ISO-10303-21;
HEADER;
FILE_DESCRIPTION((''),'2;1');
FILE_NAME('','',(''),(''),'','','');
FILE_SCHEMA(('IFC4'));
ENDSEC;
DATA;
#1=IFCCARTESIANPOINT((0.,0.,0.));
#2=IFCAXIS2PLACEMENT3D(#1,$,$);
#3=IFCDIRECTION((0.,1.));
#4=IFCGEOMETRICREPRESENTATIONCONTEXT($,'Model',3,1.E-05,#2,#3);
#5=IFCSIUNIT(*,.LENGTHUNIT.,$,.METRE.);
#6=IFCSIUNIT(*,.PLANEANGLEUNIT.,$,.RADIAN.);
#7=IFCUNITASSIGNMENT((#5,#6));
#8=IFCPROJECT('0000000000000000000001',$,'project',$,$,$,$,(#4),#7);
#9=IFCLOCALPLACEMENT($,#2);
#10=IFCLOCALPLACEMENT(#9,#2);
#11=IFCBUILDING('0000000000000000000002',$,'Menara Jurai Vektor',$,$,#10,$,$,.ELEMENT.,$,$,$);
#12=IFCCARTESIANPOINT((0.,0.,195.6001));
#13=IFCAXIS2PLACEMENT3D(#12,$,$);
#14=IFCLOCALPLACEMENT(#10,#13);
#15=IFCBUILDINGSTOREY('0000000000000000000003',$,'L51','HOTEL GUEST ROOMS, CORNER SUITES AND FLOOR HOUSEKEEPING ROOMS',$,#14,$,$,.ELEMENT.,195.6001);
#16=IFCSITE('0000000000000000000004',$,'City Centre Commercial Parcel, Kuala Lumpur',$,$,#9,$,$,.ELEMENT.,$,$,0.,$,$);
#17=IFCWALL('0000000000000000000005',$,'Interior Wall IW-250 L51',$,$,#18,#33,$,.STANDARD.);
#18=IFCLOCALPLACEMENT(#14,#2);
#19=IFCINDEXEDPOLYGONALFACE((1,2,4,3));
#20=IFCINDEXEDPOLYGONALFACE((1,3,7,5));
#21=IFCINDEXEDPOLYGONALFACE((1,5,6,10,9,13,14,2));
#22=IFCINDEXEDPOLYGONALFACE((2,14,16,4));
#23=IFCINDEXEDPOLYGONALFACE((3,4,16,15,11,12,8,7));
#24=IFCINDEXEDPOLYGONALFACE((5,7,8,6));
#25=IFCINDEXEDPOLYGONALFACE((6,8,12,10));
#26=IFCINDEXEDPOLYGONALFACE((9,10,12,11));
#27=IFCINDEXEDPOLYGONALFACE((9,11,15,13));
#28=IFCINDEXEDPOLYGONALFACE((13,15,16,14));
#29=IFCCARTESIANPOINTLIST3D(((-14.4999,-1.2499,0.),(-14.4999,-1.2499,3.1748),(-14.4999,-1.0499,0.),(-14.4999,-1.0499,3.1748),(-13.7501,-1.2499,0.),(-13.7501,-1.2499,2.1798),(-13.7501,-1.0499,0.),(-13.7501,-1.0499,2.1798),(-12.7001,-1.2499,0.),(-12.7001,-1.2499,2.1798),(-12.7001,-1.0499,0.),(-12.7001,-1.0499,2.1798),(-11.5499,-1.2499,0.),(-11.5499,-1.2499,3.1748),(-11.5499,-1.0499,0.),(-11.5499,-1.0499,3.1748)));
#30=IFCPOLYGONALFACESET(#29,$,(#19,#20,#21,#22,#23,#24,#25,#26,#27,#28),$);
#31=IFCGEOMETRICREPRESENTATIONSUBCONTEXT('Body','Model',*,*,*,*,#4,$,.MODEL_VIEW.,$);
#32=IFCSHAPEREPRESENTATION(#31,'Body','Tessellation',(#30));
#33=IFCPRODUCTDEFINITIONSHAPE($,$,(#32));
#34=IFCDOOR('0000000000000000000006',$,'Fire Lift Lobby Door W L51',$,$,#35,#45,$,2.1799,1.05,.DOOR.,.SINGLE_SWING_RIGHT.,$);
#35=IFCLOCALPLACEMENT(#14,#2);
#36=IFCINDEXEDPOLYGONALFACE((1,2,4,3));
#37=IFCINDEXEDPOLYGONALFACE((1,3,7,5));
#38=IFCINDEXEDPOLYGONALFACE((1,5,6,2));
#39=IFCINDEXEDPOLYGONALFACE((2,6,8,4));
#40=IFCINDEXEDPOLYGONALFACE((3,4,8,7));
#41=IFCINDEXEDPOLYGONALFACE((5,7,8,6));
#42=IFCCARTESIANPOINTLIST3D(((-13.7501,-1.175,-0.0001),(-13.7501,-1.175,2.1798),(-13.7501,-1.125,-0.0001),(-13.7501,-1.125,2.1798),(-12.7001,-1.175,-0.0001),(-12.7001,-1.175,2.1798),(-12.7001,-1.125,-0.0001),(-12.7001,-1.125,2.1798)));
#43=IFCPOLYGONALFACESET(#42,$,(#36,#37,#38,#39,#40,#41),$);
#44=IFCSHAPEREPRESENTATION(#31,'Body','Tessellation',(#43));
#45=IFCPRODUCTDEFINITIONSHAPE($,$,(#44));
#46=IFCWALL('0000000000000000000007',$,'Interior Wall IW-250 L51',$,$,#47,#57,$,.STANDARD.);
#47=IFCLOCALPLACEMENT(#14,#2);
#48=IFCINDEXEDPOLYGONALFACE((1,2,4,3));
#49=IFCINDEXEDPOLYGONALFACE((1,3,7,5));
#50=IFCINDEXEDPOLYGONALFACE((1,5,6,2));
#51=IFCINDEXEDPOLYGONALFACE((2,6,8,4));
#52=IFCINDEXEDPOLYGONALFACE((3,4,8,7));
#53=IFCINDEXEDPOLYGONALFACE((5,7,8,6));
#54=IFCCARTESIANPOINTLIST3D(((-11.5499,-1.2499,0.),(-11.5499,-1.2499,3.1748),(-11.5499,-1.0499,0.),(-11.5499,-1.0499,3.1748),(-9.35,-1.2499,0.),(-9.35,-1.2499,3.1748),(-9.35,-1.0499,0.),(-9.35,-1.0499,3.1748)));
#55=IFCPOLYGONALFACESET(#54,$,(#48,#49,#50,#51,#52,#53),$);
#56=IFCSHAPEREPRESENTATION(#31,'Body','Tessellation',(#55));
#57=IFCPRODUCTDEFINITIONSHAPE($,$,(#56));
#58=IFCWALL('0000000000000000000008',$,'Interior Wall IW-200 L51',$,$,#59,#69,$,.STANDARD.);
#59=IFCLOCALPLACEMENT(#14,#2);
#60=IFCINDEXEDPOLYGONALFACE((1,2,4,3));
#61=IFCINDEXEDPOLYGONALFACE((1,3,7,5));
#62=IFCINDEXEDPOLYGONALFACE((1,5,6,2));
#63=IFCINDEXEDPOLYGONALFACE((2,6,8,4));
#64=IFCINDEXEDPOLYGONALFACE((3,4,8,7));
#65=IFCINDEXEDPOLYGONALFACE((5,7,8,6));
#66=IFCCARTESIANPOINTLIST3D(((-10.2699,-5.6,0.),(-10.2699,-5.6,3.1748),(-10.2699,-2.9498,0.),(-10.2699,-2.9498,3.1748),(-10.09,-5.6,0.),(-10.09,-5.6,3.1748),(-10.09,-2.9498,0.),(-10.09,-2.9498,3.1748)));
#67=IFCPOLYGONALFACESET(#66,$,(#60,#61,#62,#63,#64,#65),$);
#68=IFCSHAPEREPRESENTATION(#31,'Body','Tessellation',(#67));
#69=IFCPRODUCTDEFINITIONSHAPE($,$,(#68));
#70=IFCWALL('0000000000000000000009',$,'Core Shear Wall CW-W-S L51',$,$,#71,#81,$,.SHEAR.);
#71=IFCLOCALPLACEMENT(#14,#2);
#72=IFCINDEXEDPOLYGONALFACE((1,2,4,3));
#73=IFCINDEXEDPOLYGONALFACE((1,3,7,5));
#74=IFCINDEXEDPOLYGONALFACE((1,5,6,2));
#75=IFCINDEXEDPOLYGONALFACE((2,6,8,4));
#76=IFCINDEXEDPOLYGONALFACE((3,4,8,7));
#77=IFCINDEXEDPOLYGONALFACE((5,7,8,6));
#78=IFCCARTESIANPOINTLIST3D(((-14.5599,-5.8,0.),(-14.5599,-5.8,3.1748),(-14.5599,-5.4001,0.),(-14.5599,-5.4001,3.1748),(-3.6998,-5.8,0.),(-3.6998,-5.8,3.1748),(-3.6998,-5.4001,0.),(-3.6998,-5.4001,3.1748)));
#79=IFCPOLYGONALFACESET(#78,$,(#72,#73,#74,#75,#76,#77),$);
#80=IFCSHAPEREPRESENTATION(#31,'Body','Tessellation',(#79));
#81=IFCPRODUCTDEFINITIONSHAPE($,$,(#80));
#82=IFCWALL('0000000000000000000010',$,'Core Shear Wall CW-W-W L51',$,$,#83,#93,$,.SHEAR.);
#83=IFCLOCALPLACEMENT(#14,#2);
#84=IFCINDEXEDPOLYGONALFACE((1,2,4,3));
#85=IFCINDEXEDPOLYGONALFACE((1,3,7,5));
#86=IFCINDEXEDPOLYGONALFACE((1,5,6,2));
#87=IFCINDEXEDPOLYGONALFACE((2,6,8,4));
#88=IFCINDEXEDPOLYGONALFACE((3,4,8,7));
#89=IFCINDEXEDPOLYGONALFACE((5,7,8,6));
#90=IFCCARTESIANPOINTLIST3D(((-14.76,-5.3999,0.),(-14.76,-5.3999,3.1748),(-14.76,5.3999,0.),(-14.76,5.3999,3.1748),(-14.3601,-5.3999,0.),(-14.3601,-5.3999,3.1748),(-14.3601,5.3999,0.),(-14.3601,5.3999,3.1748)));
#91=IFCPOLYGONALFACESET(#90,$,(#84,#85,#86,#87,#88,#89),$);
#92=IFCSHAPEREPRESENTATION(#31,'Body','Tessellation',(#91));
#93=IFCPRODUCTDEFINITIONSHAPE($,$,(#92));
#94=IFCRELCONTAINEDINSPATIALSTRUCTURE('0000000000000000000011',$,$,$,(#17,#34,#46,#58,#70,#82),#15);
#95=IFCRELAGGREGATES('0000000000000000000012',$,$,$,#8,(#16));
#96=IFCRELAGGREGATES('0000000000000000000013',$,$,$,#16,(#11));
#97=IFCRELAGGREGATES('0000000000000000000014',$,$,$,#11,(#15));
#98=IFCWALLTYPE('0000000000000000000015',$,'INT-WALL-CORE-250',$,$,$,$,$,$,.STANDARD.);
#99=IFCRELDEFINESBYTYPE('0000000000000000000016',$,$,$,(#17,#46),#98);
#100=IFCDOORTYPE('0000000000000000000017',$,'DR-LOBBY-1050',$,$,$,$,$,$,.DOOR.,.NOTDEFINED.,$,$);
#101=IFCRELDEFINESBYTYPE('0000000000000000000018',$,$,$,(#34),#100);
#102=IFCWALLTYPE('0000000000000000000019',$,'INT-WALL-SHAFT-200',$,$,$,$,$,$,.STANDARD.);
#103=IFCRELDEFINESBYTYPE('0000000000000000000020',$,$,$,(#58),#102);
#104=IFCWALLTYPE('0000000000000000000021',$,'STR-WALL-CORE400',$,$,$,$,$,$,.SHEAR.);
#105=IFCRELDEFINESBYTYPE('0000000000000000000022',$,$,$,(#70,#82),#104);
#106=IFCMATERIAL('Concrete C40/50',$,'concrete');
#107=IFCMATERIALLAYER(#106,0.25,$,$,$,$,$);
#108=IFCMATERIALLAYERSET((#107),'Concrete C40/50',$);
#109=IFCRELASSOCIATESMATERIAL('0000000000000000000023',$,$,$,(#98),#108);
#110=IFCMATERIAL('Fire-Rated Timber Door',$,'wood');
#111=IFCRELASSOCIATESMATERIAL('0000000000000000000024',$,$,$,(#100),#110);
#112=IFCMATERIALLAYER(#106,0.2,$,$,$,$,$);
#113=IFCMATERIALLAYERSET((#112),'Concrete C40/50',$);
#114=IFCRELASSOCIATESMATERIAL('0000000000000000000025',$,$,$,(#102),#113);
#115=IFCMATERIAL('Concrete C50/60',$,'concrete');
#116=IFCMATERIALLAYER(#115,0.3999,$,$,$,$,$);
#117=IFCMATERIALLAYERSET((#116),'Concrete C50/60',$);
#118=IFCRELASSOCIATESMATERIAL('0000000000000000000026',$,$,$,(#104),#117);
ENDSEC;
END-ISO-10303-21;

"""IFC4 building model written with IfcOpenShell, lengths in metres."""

from ifc_helpers import new_model, si_unit, direction, frame, frame_2d, origin, place, context, subcontext, project, spatial, rectangle, extrude, material, layer, layer_set, type_object, element, fill, save


model = new_model("IFC4")

# Units and contexts
model_context = context("Model", 3, precision=1e-05, world=origin(), true_north=direction((0.0, 1.0)))
body_context = subcontext(model_context, "Body", "Model", "MODEL_VIEW")
ifc_project = project(units=[si_unit("LENGTHUNIT", "METRE"), si_unit("PLANEANGLEUNIT", "RADIAN")], contexts=[model_context])

# Site, building, storey
site_placement = place(None, origin())
site = spatial("IfcSite", under=ifc_project, at=site_placement, Name="City Centre Commercial Parcel, Kuala Lumpur", CompositionType="ELEMENT", RefElevation=0.0)
building_placement = place(site_placement, origin())
building = spatial("IfcBuilding", under=site, at=building_placement, Name="Menara Jurai Vektor", CompositionType="ELEMENT")
storey_placement = place(building_placement, frame((0.0, 0.0, 195.6001)))
storey = spatial("IfcBuildingStorey", under=building, at=storey_placement, Name="L51", Description="HOTEL GUEST ROOMS, CORNER SUITES AND FLOOR HOUSEKEEPING ROOMS", CompositionType="ELEMENT", Elevation=195.6001)

# Shared definitions
ifc_material_1 = material(Name="Concrete C50/60", Category="concrete")

# Shared definitions
ifc_material_2 = material(Name="Concrete C40/50", Category="concrete")
ifc_layer_1 = layer(ifc_material_2, 0.25)
ifc_layer_set_1 = layer_set([ifc_layer_1], Name="Concrete C40/50")
wall_type_1 = type_object("IfcWallType", Name="INT-WALL-CORE-250", PredefinedType="STANDARD", material=ifc_layer_set_1)

# Wall, opening, door
wall_1_placement = place(storey_placement, frame((-14.5, -1.1499, 0.0), z_axis=(0.0, 0.0, 1.0), x_axis=(1.0, 0.0, 0.0)))
wall_1 = element("IfcWall", 1, at=wall_1_placement, inside=storey, type_object=wall_type_1, Name="Interior Wall IW-250 L51", PredefinedType="STANDARD", context=body_context, shape_type="SweptSolid", body=[
    extrude(rectangle(XDim=2.95, YDim=0.2, at=frame_2d((1.4751, 0.0))), origin(), (0.0, 0.0, 1.0), 3.1748),
])
opening_1_placement = place(wall_1_placement, frame((0.75, 0.0, 0.0)))
opening_1 = element("IfcOpeningElement", 2, at=opening_1_placement, cuts=wall_1, PredefinedType="OPENING", context=body_context, shape_type="SweptSolid", body=[
    extrude(rectangle(XDim=1.05, YDim=2.1799, at=frame_2d((0.5249, 1.0898))), frame((0.0, 0.1099, 0.0), z_axis=(0.0, -1.0, 0.0), x_axis=(1.0, 0.0, 0.0)), (0.0, 0.0, 1.0), 0.22),
])
ifc_material_3 = material(Name="Fire-Rated Timber Door", Category="wood")
door_type_1 = type_object("IfcDoorType", Name="DR-LOBBY-1050", OperationType="NOTDEFINED", PredefinedType="DOOR", material=ifc_material_3)
door_1_placement = place(opening_1_placement, origin())
door_1 = element("IfcDoor", 3, at=door_1_placement, inside=storey, type_object=door_type_1, Name="Fire Lift Lobby Door W L51", OperationType="SINGLE_SWING_RIGHT", OverallHeight=2.1799, OverallWidth=1.05, PredefinedType="DOOR", context=body_context, shape_type="SweptSolid", body=[
    extrude(rectangle(XDim=1.05, YDim=2.1799, at=frame_2d((0.5249, 1.0898))), frame((0.0, 0.0249, 0.0), z_axis=(0.0, -1.0, 0.0), x_axis=(1.0, 0.0, 0.0)), (0.0, 0.0, 1.0), 0.05),
])
fill(opening_1, door_1)

# Wall
wall_2_placement = place(storey_placement, frame((-11.55, -1.1499, 0.0), z_axis=(0.0, 0.0, 1.0), x_axis=(1.0, 0.0, 0.0)))
element("IfcWall", 4, at=wall_2_placement, inside=storey, type_object=wall_type_1, Name="Interior Wall IW-250 L51", PredefinedType="STANDARD", context=body_context, shape_type="SweptSolid", body=[
    extrude(rectangle(XDim=2.2, YDim=0.2, at=frame_2d((1.1001, 0.0))), origin(), (0.0, 0.0, 1.0), 3.1748),
])

# Shared definitions
ifc_layer_2 = layer(ifc_material_2, 0.2)
ifc_layer_set_2 = layer_set([ifc_layer_2], Name="Concrete C40/50")
wall_type_2 = type_object("IfcWallType", Name="INT-WALL-SHAFT-200", PredefinedType="STANDARD", material=ifc_layer_set_2)

# Walls
wall_3_placement = place(storey_placement, frame((-10.1799, -5.6001, 0.0), z_axis=(0.0, 0.0, 1.0), x_axis=(0.0, 1.0, 0.0)))
element("IfcWall", 5, at=wall_3_placement, inside=storey, type_object=wall_type_2, Name="Interior Wall IW-200 L51", PredefinedType="STANDARD", context=body_context, shape_type="SweptSolid", body=[
    extrude(rectangle(XDim=2.6501, YDim=0.1799, at=frame_2d((1.3252, 0.0))), origin(), (0.0, 0.0, 1.0), 3.1748),
])
ifc_layer_3 = layer(ifc_material_1, 0.3999)
ifc_layer_set_3 = layer_set([ifc_layer_3], Name="Concrete C50/60")
wall_type_3 = type_object("IfcWallType", Name="STR-WALL-CORE400", PredefinedType="SHEAR", material=ifc_layer_set_3)
wall_4_placement = place(storey_placement, frame((-14.5601, -5.6001, 0.0), z_axis=(0.0, 0.0, 1.0), x_axis=(1.0, 0.0, 0.0)))
element("IfcWall", 6, at=wall_4_placement, inside=storey, type_object=wall_type_3, Name="Core Shear Wall CW-W-S L51", PredefinedType="SHEAR", context=body_context, shape_type="SweptSolid", body=[
    extrude(rectangle(XDim=10.8601, YDim=0.3999, at=frame_2d((5.4302, 0.0))), origin(), (0.0, 0.0, 1.0), 3.1748),
])
wall_5_placement = place(storey_placement, frame((-14.5601, -5.3999, 0.0), z_axis=(0.0, 0.0, 1.0), x_axis=(0.0, 1.0, 0.0)))
element("IfcWall", 7, at=wall_5_placement, inside=storey, type_object=wall_type_3, Name="Core Shear Wall CW-W-W L51", PredefinedType="SHEAR", context=body_context, shape_type="SweptSolid", body=[
    extrude(rectangle(XDim=10.7998, YDim=0.3999, at=frame_2d((5.3999, 0.0))), origin(), (0.0, 0.0, 1.0), 3.1748),
])

save(model, "model.ifc")
